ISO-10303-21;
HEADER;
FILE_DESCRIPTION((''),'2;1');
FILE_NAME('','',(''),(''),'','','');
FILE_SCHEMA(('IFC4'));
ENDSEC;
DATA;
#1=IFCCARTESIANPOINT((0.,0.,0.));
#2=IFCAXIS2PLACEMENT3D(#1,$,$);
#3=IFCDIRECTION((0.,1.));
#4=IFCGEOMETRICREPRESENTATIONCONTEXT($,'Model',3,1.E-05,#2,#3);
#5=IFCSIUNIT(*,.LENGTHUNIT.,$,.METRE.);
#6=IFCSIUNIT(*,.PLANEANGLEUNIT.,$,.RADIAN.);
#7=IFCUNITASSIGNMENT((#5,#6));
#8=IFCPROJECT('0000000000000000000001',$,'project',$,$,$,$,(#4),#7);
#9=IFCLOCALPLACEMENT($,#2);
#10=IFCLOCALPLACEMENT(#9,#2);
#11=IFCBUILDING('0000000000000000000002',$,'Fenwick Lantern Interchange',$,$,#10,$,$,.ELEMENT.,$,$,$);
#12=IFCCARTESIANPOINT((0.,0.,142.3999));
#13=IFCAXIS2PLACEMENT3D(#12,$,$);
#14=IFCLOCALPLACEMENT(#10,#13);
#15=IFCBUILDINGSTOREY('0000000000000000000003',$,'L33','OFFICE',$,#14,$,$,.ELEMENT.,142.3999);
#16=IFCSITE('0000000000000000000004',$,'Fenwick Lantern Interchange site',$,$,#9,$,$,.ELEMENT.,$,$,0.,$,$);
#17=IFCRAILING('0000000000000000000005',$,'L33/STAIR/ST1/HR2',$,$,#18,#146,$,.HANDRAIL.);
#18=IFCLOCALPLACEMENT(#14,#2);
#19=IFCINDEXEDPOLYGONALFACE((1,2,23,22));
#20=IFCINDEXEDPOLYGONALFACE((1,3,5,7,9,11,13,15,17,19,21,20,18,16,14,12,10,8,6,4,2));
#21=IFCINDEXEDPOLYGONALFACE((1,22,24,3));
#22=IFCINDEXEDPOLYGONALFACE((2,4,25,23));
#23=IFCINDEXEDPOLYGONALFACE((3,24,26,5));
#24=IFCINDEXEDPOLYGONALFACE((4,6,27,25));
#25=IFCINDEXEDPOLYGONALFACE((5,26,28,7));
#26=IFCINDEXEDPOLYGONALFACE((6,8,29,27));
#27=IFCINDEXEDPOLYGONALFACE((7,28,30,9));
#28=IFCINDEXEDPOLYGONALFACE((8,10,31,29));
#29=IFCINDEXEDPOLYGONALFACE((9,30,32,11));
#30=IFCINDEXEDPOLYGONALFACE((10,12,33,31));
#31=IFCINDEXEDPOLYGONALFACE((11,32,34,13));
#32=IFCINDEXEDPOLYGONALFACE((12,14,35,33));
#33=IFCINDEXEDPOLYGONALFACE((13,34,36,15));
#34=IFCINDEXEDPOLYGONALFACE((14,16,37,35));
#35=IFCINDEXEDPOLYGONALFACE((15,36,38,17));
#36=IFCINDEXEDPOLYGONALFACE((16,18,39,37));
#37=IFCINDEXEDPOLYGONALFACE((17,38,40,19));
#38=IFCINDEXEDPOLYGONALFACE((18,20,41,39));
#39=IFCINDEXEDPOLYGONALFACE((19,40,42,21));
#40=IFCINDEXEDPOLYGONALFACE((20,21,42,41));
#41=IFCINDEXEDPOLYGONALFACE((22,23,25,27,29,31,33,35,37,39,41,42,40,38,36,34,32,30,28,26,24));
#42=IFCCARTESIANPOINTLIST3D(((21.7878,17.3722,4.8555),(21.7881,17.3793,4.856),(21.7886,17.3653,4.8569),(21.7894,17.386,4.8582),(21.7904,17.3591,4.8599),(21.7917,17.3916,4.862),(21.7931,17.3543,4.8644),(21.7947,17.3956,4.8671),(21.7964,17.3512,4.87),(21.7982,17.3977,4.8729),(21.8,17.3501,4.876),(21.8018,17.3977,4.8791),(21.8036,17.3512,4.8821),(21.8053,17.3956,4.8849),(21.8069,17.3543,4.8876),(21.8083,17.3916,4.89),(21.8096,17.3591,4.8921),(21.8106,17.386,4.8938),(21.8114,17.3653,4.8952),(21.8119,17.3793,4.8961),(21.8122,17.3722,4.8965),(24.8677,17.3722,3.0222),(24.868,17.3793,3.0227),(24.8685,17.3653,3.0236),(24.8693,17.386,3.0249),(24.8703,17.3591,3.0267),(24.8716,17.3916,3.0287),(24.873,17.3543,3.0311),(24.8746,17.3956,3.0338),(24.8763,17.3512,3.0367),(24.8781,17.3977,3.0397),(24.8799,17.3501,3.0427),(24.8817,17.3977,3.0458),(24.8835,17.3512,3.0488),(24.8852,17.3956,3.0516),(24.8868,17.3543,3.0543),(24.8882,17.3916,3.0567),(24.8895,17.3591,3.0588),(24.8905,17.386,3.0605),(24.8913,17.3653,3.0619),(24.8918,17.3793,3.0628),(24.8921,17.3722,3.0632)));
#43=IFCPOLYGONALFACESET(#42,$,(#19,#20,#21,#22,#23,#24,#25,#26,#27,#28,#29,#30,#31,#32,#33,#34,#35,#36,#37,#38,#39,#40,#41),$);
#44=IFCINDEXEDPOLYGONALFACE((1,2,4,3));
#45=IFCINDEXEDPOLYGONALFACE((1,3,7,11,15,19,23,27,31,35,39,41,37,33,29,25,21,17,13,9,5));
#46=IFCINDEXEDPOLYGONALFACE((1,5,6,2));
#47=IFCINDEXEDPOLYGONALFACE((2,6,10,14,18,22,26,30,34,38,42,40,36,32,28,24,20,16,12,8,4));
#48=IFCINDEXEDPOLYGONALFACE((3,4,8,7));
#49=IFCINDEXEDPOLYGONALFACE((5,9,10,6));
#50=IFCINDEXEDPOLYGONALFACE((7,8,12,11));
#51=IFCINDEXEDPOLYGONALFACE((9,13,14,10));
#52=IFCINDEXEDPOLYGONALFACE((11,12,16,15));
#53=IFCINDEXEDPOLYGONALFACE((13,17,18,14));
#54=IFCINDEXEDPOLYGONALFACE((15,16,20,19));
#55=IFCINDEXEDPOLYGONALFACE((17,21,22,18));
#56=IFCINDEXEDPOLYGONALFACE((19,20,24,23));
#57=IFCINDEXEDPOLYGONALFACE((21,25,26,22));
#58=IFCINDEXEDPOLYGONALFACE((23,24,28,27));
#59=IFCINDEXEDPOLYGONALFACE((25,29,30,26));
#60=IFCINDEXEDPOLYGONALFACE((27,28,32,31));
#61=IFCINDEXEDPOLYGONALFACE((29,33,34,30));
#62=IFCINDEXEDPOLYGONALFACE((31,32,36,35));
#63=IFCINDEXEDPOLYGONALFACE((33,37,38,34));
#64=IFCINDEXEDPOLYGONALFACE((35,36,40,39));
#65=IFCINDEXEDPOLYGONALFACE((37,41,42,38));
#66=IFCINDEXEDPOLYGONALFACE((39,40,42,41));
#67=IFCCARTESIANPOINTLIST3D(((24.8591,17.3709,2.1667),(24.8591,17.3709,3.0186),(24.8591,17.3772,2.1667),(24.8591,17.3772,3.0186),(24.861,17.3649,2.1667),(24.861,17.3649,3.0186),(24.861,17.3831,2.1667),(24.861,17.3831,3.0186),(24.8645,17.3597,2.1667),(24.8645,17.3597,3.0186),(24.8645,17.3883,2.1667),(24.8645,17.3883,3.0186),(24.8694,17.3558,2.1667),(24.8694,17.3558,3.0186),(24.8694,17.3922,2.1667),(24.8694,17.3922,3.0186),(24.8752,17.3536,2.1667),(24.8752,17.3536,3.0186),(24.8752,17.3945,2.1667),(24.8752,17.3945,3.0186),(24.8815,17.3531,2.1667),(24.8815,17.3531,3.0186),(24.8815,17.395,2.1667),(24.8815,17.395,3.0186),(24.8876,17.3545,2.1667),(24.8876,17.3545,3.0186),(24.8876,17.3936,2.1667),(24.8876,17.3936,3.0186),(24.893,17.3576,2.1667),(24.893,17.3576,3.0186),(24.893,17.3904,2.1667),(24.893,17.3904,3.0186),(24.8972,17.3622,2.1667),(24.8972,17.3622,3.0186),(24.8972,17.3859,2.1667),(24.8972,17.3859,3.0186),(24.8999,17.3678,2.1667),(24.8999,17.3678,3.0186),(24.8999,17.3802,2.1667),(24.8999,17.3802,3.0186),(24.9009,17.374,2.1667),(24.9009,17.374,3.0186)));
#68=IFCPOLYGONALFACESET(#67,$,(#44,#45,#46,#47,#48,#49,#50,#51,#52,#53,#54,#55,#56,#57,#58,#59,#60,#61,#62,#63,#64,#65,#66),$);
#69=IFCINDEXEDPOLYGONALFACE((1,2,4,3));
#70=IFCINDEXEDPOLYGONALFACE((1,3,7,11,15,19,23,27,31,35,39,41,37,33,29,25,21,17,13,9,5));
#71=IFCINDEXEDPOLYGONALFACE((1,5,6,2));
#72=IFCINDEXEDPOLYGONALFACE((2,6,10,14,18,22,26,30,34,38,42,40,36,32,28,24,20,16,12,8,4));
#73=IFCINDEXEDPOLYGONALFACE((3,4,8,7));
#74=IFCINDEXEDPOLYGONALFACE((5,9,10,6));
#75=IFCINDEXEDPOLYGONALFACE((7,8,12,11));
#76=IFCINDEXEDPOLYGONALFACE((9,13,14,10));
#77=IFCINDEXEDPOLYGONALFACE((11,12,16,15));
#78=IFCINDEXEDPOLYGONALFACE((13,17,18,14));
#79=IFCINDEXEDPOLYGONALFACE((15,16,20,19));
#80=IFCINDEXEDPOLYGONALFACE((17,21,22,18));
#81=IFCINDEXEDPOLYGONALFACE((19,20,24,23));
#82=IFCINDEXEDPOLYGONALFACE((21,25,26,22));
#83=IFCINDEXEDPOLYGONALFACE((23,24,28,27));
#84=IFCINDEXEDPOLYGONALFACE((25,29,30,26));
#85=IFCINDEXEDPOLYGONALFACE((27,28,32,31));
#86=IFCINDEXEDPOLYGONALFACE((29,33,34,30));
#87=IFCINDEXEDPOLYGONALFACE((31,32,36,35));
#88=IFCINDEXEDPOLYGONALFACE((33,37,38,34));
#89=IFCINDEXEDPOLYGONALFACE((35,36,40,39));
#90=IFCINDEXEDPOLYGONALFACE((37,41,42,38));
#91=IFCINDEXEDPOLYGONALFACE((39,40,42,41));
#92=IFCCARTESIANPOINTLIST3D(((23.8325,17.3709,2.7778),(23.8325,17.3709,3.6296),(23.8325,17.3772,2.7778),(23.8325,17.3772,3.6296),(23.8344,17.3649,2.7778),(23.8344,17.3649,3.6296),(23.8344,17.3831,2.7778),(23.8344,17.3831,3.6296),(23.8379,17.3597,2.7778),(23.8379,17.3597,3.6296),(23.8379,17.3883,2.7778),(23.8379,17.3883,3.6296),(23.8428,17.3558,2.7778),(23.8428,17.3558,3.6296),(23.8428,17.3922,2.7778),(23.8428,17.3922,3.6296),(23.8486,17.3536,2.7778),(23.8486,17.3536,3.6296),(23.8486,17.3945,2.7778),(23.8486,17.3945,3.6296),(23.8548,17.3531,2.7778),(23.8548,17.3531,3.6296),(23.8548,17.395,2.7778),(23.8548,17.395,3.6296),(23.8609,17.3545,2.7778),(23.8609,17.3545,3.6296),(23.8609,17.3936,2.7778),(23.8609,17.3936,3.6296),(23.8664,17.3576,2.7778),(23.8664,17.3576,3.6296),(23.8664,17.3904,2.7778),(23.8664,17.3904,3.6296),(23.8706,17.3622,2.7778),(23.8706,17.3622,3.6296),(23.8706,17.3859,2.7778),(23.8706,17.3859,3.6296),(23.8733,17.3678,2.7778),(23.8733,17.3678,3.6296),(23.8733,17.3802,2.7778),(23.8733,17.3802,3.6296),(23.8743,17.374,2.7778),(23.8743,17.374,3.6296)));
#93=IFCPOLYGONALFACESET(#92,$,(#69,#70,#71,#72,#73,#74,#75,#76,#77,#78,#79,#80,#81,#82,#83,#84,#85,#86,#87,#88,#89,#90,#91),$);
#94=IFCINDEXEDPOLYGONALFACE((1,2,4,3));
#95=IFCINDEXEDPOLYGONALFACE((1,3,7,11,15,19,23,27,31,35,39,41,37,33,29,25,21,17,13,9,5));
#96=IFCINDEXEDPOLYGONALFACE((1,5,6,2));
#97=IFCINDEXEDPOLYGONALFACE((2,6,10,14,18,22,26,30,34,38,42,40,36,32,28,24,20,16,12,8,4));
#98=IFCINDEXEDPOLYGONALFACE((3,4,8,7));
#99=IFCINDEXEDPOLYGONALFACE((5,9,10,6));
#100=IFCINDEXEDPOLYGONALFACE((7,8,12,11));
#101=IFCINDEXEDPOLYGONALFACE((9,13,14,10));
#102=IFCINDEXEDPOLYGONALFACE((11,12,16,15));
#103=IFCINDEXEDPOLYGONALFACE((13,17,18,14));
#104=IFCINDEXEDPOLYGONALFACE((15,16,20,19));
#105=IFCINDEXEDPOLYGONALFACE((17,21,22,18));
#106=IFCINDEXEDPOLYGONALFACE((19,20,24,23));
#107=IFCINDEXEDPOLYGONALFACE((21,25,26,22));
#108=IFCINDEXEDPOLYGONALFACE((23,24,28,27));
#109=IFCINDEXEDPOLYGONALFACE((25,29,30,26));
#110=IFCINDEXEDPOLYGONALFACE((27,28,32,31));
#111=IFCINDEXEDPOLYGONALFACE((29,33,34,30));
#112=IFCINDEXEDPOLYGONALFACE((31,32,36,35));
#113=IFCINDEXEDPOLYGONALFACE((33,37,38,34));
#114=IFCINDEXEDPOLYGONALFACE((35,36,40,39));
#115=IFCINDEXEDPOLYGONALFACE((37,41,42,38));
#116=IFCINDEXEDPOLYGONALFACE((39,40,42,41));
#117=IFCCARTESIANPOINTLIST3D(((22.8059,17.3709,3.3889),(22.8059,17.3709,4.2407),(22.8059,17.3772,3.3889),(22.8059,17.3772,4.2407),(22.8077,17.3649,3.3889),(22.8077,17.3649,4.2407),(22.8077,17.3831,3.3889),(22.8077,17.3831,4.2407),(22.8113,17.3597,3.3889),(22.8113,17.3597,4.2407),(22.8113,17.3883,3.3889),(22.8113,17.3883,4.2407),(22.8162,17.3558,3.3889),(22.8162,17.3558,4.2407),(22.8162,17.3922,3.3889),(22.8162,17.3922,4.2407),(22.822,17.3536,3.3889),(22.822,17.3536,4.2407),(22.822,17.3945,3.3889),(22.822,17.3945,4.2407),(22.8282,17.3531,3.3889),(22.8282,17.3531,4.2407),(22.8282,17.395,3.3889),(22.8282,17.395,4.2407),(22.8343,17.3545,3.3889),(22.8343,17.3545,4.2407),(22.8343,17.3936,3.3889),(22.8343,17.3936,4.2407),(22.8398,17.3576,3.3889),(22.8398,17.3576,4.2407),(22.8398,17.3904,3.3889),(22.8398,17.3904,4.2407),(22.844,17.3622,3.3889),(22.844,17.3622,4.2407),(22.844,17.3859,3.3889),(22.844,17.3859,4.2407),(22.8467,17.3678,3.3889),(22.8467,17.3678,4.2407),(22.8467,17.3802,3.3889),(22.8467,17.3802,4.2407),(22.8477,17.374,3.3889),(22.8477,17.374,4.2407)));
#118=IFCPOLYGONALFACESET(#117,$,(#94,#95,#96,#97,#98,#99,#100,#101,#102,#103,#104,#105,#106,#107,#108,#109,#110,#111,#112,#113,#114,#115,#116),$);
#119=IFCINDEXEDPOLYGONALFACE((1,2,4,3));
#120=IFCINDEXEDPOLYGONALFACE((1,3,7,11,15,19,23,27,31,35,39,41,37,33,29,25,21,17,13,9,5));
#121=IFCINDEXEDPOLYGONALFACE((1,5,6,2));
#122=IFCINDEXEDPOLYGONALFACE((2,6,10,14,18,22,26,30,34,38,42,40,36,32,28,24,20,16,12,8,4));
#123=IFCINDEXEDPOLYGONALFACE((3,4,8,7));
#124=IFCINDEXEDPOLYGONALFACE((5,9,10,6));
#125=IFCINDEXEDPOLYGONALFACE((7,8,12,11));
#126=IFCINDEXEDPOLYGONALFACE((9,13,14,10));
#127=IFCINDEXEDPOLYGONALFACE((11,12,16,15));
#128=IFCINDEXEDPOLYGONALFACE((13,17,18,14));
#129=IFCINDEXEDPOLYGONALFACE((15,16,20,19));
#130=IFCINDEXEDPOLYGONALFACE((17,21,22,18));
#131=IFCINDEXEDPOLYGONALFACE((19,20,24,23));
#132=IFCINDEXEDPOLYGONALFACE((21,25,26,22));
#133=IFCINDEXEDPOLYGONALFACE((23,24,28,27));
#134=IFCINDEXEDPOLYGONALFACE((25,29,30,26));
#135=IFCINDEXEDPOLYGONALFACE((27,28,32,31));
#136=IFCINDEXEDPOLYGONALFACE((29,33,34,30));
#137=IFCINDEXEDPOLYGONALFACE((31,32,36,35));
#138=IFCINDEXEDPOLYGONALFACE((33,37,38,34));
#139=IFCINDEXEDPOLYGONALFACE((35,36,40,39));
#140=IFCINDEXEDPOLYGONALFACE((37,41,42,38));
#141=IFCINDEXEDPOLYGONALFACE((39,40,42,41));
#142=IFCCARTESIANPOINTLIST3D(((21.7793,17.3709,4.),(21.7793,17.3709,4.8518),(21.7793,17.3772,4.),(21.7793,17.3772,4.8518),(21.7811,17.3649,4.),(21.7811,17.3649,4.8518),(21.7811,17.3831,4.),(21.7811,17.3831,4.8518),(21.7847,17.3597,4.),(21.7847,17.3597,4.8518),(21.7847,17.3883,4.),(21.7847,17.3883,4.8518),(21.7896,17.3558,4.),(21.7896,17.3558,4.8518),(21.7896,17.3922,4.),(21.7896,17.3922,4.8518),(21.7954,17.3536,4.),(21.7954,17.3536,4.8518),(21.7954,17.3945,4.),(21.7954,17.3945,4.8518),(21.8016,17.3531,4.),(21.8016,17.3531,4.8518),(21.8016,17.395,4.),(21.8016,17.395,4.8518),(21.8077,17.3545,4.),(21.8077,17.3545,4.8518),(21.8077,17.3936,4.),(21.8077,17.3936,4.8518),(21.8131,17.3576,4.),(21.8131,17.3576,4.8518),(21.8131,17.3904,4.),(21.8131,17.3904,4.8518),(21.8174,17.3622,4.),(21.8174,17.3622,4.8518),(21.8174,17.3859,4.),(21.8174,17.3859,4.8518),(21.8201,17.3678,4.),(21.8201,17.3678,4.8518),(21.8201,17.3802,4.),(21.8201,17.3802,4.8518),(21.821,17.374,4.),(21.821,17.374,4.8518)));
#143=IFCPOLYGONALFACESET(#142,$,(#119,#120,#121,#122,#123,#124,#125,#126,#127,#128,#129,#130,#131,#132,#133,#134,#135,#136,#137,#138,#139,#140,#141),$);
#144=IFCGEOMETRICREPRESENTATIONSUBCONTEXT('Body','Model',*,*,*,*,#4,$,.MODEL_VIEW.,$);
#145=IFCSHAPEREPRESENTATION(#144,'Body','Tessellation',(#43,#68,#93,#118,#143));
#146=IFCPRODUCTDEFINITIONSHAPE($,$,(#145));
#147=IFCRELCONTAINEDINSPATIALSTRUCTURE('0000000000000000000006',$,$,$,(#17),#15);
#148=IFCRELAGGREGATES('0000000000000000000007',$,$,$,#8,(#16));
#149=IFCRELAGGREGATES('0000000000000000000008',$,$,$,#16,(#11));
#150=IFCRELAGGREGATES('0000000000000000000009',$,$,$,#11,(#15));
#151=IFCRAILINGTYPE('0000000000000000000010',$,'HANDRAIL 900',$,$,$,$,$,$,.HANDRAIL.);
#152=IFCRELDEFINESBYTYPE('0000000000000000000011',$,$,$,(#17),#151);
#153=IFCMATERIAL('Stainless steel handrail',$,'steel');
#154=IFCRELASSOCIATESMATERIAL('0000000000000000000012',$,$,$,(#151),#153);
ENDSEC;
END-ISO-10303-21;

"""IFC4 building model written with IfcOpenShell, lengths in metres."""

from ifc_helpers import new_model, si_unit, direction, frame, origin, origin_2d, place, context, subcontext, project, spatial, circle, extrude, material, type_object, element, save


model = new_model("IFC4")

# Units and contexts
model_context = context("Model", 3, precision=1e-05, world=origin(), true_north=direction((0.0, 1.0)))
body_context = subcontext(model_context, "Body", "Model", "MODEL_VIEW")
ifc_project = project(units=[si_unit("LENGTHUNIT", "METRE"), si_unit("PLANEANGLEUNIT", "RADIAN")], contexts=[model_context])

# Site, building, storey
site_placement = place(None, origin())
site = spatial("IfcSite", under=ifc_project, at=site_placement, Name="Fenwick Lantern Interchange site", CompositionType="ELEMENT", RefElevation=0.0)
building_placement = place(site_placement, origin())
building = spatial("IfcBuilding", under=site, at=building_placement, Name="Fenwick Lantern Interchange", CompositionType="ELEMENT")
storey_placement = place(building_placement, frame((0.0, 0.0, 142.3999)))
storey = spatial("IfcBuildingStorey", under=building, at=storey_placement, Name="L33", Description="OFFICE", CompositionType="ELEMENT", Elevation=142.3999)

# Railing
ifc_material_1 = material(Name="Stainless steel handrail", Category="steel")
railing_type = type_object("IfcRailingType", Name="HANDRAIL 900", PredefinedType="HANDRAIL", material=ifc_material_1)
railing_1_placement = place(storey_placement, frame((24.8799, 17.374, 2.1667)))
element("IfcRailing", 1, at=railing_1_placement, inside=storey, type_object=railing_type, Name="L33/STAIR/ST1/HR2", PredefinedType="HANDRAIL", context=body_context, shape_type="SweptSolid", body=[
    extrude(circle(Radius=0.0239, at=origin_2d()), frame((0.0, 0.0, 0.876), z_axis=(-0.859291, 0.0, 0.511487), x_axis=(0.0, -1.0, 0.0)), (0.0, 0.0, 1.0), 3.5842),
    extrude(circle(Radius=0.021, at=origin_2d()), origin(), (0.0, 0.0, 1.0), 0.8518),
    extrude(circle(Radius=0.021, at=origin_2d()), frame((-1.0266, 0.0, 0.6111)), (0.0, 0.0, 1.0), 0.8518),
    extrude(circle(Radius=0.021, at=origin_2d()), frame((-2.0532, 0.0, 1.2222)), (0.0, 0.0, 1.0), 0.8518),
    extrude(circle(Radius=0.021, at=origin_2d()), frame((-3.0798, 0.0, 1.8333)), (0.0, 0.0, 1.0), 0.8518),
])

save(model, "model.ifc")
